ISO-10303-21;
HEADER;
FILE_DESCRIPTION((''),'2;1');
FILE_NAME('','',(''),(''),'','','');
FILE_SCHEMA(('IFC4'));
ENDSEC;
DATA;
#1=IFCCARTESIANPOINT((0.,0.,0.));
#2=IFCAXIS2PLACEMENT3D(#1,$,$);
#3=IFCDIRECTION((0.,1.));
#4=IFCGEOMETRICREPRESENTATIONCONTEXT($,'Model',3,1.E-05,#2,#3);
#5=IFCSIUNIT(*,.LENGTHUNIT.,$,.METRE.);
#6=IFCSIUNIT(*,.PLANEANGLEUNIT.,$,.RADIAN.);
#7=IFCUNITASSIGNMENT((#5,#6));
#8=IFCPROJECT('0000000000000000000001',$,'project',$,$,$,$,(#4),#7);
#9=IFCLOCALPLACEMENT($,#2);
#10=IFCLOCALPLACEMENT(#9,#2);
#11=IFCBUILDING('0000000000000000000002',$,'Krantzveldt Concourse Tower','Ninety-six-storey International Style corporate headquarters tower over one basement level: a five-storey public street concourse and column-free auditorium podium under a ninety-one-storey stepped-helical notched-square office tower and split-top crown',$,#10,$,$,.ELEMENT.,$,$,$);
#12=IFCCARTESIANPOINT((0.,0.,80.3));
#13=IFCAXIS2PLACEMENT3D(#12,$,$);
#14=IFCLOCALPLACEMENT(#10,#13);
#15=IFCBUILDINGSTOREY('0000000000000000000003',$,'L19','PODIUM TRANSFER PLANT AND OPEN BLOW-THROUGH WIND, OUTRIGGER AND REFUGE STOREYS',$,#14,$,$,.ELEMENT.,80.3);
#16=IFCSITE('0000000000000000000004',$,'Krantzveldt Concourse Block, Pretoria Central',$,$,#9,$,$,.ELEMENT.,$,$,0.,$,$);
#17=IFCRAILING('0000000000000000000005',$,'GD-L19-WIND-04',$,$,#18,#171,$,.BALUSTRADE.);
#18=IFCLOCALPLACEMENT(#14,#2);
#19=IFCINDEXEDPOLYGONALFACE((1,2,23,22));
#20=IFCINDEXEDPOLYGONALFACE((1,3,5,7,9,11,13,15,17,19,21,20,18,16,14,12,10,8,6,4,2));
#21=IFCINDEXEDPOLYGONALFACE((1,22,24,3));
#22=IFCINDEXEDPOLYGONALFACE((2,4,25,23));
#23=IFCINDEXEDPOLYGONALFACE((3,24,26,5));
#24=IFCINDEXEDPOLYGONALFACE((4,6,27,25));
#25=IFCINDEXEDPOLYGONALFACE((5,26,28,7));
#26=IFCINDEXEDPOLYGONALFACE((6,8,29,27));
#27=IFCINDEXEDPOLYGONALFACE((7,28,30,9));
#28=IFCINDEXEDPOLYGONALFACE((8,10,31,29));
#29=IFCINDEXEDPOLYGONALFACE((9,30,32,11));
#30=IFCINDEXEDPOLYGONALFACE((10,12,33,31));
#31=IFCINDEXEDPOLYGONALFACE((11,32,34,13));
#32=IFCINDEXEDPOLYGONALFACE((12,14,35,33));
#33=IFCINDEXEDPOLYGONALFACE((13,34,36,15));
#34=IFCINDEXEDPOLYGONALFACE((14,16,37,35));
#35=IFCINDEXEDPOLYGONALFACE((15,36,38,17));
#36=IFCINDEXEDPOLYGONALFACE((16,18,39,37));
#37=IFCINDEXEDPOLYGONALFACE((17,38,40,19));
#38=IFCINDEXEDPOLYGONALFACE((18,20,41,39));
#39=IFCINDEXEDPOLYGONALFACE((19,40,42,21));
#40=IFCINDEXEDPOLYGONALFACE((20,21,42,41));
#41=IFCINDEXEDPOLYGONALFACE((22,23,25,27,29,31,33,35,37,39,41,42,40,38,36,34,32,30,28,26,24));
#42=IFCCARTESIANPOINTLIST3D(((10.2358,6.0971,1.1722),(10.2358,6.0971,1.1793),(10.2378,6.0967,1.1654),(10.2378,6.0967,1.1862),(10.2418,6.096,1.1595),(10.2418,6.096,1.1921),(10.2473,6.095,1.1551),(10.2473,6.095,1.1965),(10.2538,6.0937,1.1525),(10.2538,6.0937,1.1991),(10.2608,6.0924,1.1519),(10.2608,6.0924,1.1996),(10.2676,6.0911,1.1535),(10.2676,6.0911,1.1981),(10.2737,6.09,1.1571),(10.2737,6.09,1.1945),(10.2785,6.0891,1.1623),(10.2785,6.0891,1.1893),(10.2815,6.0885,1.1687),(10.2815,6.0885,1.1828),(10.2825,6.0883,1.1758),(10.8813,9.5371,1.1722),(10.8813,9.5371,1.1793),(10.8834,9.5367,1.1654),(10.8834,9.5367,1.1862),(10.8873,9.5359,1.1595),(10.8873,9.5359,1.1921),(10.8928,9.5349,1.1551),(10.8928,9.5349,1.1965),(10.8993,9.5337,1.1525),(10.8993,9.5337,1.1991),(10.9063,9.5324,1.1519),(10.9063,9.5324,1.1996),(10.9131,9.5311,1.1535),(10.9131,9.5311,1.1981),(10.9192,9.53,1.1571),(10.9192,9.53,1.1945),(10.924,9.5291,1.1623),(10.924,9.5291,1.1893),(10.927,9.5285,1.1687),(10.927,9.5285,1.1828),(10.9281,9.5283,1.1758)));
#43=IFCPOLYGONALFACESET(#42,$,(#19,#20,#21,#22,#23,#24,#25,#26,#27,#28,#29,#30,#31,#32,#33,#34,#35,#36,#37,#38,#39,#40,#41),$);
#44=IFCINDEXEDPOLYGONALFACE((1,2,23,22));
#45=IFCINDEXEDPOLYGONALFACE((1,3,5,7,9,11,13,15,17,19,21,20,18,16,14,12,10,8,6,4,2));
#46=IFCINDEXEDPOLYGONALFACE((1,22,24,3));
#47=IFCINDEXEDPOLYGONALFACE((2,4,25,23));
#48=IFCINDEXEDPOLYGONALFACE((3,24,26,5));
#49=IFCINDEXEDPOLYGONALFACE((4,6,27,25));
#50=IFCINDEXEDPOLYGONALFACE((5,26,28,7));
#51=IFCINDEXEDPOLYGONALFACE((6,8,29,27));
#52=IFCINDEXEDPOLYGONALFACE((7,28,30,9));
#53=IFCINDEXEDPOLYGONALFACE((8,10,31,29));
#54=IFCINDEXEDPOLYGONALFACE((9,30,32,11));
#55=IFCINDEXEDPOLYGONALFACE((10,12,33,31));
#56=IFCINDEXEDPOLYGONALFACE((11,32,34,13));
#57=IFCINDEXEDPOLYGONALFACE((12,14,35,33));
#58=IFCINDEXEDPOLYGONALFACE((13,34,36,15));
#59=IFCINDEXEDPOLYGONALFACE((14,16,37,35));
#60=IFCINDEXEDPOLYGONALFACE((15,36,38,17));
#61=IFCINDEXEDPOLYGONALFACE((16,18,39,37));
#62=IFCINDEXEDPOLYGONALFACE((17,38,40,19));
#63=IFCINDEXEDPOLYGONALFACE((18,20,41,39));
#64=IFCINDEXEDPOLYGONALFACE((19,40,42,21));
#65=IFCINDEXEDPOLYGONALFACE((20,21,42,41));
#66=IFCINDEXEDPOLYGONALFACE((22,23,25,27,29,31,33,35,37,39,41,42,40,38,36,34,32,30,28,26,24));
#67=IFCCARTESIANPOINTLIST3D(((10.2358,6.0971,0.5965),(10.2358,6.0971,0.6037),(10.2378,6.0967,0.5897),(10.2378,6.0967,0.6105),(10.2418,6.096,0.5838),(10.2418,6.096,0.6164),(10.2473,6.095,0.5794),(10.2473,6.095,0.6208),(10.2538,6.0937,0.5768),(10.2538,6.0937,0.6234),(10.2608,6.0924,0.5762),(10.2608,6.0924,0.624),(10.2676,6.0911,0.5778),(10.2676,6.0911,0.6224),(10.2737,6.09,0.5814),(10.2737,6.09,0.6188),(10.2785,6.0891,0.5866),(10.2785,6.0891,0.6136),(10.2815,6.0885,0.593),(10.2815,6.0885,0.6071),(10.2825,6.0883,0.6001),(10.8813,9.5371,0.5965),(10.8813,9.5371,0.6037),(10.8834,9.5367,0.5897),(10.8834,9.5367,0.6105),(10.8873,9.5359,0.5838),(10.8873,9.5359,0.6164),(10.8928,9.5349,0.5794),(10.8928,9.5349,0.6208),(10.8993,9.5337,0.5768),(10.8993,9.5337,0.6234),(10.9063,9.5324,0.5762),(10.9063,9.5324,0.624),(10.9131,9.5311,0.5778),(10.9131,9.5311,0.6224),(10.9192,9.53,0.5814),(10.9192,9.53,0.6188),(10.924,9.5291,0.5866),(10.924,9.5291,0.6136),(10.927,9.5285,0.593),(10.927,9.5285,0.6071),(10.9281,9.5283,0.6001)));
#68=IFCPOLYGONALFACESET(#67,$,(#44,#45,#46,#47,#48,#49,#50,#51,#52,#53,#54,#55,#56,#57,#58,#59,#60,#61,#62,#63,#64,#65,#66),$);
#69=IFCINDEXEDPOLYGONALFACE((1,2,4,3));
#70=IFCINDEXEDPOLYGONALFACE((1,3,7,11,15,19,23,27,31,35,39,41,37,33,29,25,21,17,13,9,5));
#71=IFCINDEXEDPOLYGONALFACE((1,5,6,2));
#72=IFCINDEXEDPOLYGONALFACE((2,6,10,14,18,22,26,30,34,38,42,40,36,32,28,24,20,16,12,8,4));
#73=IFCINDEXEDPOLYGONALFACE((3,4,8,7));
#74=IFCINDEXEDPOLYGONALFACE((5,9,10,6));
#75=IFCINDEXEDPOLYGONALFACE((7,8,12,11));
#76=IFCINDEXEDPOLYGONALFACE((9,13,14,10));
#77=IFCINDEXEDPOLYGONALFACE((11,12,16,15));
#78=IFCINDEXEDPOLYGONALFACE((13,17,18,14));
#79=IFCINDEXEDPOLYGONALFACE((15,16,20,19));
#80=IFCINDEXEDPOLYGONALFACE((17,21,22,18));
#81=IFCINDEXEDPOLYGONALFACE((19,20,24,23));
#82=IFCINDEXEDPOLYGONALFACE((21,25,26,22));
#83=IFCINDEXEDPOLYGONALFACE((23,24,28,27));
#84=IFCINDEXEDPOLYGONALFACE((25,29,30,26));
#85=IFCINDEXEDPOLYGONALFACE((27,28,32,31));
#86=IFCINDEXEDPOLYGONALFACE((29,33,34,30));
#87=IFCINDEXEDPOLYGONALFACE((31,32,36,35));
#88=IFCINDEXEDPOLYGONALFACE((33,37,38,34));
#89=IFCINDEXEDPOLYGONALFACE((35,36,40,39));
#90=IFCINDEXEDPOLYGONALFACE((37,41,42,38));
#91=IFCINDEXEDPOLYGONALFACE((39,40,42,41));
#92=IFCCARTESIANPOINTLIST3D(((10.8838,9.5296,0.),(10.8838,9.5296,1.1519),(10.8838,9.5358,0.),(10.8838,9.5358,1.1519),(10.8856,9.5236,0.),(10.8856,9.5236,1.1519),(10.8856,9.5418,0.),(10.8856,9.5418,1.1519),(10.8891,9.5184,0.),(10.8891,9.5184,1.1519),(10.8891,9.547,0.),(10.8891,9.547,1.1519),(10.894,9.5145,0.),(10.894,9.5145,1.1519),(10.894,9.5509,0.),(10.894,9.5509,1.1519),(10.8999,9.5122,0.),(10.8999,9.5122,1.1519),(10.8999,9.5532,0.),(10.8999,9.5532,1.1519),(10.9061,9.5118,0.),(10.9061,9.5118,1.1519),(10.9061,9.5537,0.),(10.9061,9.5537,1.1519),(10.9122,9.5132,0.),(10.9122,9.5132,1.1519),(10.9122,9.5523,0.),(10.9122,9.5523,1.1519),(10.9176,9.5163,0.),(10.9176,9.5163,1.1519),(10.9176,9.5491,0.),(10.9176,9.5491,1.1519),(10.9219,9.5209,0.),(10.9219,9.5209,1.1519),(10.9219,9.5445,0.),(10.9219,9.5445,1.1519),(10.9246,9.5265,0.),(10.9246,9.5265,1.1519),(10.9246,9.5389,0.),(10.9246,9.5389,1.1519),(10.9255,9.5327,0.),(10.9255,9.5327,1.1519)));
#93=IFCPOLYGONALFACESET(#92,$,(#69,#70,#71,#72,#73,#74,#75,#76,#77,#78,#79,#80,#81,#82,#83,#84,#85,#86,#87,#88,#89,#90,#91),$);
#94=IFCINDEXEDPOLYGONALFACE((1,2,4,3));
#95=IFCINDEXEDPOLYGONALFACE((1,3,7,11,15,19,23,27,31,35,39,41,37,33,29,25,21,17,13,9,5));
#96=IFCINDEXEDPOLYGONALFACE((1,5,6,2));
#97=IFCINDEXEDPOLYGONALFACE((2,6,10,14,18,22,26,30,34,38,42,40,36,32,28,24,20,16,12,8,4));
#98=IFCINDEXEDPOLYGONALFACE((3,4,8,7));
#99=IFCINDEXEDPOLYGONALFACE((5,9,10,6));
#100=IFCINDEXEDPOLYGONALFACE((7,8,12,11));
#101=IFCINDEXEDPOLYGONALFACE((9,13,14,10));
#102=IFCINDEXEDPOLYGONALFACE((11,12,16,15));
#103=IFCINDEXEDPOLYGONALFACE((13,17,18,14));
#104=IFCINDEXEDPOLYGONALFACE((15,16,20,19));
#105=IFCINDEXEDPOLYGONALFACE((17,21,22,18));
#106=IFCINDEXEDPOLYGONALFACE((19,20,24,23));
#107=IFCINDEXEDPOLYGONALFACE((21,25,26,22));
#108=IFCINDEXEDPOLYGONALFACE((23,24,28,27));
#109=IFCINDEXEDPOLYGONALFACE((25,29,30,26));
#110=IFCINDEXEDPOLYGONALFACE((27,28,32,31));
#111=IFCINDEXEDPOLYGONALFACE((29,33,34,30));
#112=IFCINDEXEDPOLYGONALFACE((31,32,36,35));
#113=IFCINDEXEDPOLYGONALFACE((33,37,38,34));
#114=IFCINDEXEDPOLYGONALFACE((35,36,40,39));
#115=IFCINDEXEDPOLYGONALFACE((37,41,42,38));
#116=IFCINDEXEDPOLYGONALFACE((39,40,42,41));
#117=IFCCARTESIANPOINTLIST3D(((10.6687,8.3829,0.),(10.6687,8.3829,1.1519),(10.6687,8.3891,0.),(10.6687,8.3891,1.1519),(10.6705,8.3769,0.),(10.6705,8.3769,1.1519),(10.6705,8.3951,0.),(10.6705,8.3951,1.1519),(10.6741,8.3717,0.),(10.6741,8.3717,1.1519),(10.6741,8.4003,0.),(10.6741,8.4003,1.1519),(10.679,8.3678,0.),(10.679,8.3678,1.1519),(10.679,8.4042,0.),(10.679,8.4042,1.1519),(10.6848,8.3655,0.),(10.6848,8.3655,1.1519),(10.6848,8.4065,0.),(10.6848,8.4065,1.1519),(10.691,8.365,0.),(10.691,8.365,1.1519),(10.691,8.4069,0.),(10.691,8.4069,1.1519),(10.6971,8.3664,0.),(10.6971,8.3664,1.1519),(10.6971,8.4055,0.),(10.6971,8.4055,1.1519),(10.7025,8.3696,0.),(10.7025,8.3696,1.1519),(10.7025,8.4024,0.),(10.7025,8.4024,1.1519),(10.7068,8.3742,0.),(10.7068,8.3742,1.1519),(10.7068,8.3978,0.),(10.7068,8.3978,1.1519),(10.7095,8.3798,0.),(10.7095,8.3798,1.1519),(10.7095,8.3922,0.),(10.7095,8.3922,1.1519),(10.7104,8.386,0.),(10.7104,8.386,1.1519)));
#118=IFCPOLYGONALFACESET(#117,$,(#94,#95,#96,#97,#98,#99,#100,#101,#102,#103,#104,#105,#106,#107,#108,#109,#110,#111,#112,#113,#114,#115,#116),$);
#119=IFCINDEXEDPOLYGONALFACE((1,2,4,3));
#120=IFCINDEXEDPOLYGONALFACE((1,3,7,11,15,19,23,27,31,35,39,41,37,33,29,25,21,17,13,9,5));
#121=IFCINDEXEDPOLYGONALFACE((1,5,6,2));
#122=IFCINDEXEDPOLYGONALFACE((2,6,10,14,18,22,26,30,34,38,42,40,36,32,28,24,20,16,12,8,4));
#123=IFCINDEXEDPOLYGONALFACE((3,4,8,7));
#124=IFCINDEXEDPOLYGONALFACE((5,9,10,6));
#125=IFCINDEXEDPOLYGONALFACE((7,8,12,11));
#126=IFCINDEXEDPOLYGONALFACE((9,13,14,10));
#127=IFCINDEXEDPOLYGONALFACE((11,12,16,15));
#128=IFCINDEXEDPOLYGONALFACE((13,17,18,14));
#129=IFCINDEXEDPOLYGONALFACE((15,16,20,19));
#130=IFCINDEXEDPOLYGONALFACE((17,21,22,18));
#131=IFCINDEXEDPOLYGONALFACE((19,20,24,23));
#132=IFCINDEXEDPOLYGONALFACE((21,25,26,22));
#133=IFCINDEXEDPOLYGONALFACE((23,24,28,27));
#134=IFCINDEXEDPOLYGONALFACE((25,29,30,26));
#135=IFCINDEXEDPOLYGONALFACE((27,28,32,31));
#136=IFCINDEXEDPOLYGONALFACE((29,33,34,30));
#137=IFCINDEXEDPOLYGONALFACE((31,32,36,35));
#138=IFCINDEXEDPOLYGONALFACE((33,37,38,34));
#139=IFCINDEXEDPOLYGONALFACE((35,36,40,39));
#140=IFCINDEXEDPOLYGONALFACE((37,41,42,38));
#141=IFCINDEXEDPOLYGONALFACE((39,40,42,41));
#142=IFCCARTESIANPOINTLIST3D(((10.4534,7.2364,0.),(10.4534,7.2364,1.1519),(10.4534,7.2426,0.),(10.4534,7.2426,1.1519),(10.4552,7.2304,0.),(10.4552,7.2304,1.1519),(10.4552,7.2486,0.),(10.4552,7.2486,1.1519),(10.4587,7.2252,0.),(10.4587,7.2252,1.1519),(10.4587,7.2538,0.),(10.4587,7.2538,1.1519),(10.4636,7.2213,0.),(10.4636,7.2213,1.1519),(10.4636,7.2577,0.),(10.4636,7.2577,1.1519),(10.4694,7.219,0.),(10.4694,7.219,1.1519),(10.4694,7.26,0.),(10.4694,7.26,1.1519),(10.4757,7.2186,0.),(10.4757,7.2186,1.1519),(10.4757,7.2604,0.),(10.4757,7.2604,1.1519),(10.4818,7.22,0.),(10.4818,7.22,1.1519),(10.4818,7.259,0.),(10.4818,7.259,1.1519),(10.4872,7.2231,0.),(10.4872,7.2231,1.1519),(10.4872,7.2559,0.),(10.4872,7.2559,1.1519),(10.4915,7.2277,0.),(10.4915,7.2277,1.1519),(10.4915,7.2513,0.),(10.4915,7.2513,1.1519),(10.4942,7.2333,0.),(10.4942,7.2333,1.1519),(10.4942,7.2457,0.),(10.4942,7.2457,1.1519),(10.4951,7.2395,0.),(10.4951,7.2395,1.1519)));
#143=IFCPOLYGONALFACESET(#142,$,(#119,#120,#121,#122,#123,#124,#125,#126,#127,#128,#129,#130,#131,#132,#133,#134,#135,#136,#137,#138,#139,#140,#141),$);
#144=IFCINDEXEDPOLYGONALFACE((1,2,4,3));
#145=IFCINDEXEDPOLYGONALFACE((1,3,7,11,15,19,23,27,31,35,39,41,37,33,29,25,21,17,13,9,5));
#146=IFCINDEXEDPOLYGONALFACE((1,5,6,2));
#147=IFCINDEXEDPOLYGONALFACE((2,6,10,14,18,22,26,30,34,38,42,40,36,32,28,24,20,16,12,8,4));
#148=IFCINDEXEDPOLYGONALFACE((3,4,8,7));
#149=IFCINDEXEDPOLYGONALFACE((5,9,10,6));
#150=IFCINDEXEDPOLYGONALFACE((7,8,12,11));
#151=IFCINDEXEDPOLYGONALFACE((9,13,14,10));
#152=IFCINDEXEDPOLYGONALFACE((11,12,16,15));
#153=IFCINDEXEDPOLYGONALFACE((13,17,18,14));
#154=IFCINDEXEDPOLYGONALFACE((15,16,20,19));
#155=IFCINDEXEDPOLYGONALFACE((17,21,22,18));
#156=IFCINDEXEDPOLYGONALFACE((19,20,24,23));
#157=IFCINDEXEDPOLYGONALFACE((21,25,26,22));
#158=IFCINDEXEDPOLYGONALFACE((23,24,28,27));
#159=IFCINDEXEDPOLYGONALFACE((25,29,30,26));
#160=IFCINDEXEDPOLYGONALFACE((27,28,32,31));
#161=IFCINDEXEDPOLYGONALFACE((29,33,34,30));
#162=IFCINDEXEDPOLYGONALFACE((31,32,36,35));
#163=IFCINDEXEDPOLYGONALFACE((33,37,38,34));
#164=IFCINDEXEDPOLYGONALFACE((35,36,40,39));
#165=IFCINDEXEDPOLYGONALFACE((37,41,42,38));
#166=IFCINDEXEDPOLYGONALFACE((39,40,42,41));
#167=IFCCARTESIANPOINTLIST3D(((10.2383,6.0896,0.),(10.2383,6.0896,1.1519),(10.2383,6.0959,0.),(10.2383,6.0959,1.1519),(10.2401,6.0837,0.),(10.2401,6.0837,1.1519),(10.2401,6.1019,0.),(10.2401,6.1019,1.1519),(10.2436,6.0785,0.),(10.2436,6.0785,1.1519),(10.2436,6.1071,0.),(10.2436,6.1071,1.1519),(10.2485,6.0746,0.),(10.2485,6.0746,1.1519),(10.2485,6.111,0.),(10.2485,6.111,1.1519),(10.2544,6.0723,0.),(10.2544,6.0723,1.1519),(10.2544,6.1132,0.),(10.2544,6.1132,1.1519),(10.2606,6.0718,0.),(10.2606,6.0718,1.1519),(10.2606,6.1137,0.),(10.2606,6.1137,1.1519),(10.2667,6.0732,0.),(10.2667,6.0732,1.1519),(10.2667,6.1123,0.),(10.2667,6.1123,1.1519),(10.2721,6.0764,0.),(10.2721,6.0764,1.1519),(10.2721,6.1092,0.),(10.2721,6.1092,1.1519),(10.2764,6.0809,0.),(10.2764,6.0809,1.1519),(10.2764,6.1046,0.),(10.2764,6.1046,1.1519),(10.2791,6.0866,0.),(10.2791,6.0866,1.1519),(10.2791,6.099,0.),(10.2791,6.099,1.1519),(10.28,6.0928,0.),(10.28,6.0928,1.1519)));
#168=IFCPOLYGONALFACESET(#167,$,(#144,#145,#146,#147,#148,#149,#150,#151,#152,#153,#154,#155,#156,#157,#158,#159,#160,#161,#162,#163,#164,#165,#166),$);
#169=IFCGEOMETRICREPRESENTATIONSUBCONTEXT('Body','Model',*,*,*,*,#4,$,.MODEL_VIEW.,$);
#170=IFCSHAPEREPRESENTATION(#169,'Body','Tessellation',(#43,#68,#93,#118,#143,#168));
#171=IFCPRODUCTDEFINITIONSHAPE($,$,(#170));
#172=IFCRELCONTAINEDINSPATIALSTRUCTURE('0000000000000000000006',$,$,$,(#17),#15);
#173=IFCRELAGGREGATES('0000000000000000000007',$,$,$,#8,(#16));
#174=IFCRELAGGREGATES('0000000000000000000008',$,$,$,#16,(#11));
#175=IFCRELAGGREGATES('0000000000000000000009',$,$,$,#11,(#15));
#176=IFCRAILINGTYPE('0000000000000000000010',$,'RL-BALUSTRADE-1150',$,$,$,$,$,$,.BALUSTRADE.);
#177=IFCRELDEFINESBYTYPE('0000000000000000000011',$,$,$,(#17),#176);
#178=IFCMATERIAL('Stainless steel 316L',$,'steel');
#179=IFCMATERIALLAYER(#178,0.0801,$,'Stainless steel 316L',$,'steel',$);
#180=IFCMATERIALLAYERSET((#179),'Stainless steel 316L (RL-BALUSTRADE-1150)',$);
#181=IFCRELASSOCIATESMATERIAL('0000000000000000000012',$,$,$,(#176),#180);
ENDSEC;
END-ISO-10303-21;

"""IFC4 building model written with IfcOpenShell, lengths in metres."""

from ifc_helpers import new_model, si_unit, direction, frame, origin, origin_2d, place, context, subcontext, project, spatial, circle, extrude, material, layer, layer_set, type_object, element, save


model = new_model("IFC4")

# Units and contexts
model_context = context("Model", 3, precision=1e-05, world=origin(), true_north=direction((0.0, 1.0)))
body_context = subcontext(model_context, "Body", "Model", "MODEL_VIEW")
ifc_project = project(units=[si_unit("LENGTHUNIT", "METRE"), si_unit("PLANEANGLEUNIT", "RADIAN")], contexts=[model_context])

# Site, building, storey
site_placement = place(None, origin())
site = spatial("IfcSite", under=ifc_project, at=site_placement, Name="Krantzveldt Concourse Block, Pretoria Central", CompositionType="ELEMENT", RefElevation=0.0)
building_placement = place(site_placement, origin())
building = spatial("IfcBuilding", under=site, at=building_placement, Name="Krantzveldt Concourse Tower", Description="Ninety-six-storey International Style corporate headquarters tower over one basement level: a five-storey public street concourse and column-free auditorium podium under a ninety-one-storey stepped-helical notched-square office tower and split-top crown", CompositionType="ELEMENT")
storey_placement = place(building_placement, frame((0.0, 0.0, 80.3)))
storey = spatial("IfcBuildingStorey", under=building, at=storey_placement, Name="L19", Description="PODIUM TRANSFER PLANT AND OPEN BLOW-THROUGH WIND, OUTRIGGER AND REFUGE STOREYS", CompositionType="ELEMENT", Elevation=80.3)

# Railing
ifc_material_1 = material(Name="Stainless steel 316L", Category="steel")
ifc_layer_1 = layer(ifc_material_1, 0.0801, Name="Stainless steel 316L", Category="steel")
ifc_layer_set_1 = layer_set([ifc_layer_1], Name="Stainless steel 316L (RL-BALUSTRADE-1150)")
railing_type = type_object("IfcRailingType", Name="RL-BALUSTRADE-1150", PredefinedType="BALUSTRADE", material=ifc_layer_set_1)
railing_1_placement = place(storey_placement, frame((10.9045, 9.5327, 0.0)))
element("IfcRailing", 1, at=railing_1_placement, inside=storey, type_object=railing_type, Name="GD-L19-WIND-04", PredefinedType="BALUSTRADE", context=body_context, shape_type="SweptSolid", body=[
    extrude(circle(Radius=0.0239, at=origin_2d()), frame((0.0, 0.0, 1.1758), z_axis=(-0.184432, -0.982845, 0.0), x_axis=(0.982845, -0.184432, 0.0)), (0.0, 0.0, 1.0), 3.5),
    extrude(circle(Radius=0.0239, at=origin_2d()), frame((0.0, 0.0, 0.6001), z_axis=(-0.184432, -0.982845, 0.0), x_axis=(0.982845, -0.184432, 0.0)), (0.0, 0.0, 1.0), 3.5),
    extrude(circle(Radius=0.021, at=origin_2d()), origin(), (0.0, 0.0, 1.0), 1.1519),
    extrude(circle(Radius=0.021, at=origin_2d()), frame((-0.2151, -1.1467, 0.0)), (0.0, 0.0, 1.0), 1.1519),
    extrude(circle(Radius=0.021, at=origin_2d()), frame((-0.4304, -2.2932, 0.0)), (0.0, 0.0, 1.0), 1.1519),
    extrude(circle(Radius=0.021, at=origin_2d()), frame((-0.6455, -3.4399, 0.0)), (0.0, 0.0, 1.0), 1.1519),
])

save(model, "model.ifc")
